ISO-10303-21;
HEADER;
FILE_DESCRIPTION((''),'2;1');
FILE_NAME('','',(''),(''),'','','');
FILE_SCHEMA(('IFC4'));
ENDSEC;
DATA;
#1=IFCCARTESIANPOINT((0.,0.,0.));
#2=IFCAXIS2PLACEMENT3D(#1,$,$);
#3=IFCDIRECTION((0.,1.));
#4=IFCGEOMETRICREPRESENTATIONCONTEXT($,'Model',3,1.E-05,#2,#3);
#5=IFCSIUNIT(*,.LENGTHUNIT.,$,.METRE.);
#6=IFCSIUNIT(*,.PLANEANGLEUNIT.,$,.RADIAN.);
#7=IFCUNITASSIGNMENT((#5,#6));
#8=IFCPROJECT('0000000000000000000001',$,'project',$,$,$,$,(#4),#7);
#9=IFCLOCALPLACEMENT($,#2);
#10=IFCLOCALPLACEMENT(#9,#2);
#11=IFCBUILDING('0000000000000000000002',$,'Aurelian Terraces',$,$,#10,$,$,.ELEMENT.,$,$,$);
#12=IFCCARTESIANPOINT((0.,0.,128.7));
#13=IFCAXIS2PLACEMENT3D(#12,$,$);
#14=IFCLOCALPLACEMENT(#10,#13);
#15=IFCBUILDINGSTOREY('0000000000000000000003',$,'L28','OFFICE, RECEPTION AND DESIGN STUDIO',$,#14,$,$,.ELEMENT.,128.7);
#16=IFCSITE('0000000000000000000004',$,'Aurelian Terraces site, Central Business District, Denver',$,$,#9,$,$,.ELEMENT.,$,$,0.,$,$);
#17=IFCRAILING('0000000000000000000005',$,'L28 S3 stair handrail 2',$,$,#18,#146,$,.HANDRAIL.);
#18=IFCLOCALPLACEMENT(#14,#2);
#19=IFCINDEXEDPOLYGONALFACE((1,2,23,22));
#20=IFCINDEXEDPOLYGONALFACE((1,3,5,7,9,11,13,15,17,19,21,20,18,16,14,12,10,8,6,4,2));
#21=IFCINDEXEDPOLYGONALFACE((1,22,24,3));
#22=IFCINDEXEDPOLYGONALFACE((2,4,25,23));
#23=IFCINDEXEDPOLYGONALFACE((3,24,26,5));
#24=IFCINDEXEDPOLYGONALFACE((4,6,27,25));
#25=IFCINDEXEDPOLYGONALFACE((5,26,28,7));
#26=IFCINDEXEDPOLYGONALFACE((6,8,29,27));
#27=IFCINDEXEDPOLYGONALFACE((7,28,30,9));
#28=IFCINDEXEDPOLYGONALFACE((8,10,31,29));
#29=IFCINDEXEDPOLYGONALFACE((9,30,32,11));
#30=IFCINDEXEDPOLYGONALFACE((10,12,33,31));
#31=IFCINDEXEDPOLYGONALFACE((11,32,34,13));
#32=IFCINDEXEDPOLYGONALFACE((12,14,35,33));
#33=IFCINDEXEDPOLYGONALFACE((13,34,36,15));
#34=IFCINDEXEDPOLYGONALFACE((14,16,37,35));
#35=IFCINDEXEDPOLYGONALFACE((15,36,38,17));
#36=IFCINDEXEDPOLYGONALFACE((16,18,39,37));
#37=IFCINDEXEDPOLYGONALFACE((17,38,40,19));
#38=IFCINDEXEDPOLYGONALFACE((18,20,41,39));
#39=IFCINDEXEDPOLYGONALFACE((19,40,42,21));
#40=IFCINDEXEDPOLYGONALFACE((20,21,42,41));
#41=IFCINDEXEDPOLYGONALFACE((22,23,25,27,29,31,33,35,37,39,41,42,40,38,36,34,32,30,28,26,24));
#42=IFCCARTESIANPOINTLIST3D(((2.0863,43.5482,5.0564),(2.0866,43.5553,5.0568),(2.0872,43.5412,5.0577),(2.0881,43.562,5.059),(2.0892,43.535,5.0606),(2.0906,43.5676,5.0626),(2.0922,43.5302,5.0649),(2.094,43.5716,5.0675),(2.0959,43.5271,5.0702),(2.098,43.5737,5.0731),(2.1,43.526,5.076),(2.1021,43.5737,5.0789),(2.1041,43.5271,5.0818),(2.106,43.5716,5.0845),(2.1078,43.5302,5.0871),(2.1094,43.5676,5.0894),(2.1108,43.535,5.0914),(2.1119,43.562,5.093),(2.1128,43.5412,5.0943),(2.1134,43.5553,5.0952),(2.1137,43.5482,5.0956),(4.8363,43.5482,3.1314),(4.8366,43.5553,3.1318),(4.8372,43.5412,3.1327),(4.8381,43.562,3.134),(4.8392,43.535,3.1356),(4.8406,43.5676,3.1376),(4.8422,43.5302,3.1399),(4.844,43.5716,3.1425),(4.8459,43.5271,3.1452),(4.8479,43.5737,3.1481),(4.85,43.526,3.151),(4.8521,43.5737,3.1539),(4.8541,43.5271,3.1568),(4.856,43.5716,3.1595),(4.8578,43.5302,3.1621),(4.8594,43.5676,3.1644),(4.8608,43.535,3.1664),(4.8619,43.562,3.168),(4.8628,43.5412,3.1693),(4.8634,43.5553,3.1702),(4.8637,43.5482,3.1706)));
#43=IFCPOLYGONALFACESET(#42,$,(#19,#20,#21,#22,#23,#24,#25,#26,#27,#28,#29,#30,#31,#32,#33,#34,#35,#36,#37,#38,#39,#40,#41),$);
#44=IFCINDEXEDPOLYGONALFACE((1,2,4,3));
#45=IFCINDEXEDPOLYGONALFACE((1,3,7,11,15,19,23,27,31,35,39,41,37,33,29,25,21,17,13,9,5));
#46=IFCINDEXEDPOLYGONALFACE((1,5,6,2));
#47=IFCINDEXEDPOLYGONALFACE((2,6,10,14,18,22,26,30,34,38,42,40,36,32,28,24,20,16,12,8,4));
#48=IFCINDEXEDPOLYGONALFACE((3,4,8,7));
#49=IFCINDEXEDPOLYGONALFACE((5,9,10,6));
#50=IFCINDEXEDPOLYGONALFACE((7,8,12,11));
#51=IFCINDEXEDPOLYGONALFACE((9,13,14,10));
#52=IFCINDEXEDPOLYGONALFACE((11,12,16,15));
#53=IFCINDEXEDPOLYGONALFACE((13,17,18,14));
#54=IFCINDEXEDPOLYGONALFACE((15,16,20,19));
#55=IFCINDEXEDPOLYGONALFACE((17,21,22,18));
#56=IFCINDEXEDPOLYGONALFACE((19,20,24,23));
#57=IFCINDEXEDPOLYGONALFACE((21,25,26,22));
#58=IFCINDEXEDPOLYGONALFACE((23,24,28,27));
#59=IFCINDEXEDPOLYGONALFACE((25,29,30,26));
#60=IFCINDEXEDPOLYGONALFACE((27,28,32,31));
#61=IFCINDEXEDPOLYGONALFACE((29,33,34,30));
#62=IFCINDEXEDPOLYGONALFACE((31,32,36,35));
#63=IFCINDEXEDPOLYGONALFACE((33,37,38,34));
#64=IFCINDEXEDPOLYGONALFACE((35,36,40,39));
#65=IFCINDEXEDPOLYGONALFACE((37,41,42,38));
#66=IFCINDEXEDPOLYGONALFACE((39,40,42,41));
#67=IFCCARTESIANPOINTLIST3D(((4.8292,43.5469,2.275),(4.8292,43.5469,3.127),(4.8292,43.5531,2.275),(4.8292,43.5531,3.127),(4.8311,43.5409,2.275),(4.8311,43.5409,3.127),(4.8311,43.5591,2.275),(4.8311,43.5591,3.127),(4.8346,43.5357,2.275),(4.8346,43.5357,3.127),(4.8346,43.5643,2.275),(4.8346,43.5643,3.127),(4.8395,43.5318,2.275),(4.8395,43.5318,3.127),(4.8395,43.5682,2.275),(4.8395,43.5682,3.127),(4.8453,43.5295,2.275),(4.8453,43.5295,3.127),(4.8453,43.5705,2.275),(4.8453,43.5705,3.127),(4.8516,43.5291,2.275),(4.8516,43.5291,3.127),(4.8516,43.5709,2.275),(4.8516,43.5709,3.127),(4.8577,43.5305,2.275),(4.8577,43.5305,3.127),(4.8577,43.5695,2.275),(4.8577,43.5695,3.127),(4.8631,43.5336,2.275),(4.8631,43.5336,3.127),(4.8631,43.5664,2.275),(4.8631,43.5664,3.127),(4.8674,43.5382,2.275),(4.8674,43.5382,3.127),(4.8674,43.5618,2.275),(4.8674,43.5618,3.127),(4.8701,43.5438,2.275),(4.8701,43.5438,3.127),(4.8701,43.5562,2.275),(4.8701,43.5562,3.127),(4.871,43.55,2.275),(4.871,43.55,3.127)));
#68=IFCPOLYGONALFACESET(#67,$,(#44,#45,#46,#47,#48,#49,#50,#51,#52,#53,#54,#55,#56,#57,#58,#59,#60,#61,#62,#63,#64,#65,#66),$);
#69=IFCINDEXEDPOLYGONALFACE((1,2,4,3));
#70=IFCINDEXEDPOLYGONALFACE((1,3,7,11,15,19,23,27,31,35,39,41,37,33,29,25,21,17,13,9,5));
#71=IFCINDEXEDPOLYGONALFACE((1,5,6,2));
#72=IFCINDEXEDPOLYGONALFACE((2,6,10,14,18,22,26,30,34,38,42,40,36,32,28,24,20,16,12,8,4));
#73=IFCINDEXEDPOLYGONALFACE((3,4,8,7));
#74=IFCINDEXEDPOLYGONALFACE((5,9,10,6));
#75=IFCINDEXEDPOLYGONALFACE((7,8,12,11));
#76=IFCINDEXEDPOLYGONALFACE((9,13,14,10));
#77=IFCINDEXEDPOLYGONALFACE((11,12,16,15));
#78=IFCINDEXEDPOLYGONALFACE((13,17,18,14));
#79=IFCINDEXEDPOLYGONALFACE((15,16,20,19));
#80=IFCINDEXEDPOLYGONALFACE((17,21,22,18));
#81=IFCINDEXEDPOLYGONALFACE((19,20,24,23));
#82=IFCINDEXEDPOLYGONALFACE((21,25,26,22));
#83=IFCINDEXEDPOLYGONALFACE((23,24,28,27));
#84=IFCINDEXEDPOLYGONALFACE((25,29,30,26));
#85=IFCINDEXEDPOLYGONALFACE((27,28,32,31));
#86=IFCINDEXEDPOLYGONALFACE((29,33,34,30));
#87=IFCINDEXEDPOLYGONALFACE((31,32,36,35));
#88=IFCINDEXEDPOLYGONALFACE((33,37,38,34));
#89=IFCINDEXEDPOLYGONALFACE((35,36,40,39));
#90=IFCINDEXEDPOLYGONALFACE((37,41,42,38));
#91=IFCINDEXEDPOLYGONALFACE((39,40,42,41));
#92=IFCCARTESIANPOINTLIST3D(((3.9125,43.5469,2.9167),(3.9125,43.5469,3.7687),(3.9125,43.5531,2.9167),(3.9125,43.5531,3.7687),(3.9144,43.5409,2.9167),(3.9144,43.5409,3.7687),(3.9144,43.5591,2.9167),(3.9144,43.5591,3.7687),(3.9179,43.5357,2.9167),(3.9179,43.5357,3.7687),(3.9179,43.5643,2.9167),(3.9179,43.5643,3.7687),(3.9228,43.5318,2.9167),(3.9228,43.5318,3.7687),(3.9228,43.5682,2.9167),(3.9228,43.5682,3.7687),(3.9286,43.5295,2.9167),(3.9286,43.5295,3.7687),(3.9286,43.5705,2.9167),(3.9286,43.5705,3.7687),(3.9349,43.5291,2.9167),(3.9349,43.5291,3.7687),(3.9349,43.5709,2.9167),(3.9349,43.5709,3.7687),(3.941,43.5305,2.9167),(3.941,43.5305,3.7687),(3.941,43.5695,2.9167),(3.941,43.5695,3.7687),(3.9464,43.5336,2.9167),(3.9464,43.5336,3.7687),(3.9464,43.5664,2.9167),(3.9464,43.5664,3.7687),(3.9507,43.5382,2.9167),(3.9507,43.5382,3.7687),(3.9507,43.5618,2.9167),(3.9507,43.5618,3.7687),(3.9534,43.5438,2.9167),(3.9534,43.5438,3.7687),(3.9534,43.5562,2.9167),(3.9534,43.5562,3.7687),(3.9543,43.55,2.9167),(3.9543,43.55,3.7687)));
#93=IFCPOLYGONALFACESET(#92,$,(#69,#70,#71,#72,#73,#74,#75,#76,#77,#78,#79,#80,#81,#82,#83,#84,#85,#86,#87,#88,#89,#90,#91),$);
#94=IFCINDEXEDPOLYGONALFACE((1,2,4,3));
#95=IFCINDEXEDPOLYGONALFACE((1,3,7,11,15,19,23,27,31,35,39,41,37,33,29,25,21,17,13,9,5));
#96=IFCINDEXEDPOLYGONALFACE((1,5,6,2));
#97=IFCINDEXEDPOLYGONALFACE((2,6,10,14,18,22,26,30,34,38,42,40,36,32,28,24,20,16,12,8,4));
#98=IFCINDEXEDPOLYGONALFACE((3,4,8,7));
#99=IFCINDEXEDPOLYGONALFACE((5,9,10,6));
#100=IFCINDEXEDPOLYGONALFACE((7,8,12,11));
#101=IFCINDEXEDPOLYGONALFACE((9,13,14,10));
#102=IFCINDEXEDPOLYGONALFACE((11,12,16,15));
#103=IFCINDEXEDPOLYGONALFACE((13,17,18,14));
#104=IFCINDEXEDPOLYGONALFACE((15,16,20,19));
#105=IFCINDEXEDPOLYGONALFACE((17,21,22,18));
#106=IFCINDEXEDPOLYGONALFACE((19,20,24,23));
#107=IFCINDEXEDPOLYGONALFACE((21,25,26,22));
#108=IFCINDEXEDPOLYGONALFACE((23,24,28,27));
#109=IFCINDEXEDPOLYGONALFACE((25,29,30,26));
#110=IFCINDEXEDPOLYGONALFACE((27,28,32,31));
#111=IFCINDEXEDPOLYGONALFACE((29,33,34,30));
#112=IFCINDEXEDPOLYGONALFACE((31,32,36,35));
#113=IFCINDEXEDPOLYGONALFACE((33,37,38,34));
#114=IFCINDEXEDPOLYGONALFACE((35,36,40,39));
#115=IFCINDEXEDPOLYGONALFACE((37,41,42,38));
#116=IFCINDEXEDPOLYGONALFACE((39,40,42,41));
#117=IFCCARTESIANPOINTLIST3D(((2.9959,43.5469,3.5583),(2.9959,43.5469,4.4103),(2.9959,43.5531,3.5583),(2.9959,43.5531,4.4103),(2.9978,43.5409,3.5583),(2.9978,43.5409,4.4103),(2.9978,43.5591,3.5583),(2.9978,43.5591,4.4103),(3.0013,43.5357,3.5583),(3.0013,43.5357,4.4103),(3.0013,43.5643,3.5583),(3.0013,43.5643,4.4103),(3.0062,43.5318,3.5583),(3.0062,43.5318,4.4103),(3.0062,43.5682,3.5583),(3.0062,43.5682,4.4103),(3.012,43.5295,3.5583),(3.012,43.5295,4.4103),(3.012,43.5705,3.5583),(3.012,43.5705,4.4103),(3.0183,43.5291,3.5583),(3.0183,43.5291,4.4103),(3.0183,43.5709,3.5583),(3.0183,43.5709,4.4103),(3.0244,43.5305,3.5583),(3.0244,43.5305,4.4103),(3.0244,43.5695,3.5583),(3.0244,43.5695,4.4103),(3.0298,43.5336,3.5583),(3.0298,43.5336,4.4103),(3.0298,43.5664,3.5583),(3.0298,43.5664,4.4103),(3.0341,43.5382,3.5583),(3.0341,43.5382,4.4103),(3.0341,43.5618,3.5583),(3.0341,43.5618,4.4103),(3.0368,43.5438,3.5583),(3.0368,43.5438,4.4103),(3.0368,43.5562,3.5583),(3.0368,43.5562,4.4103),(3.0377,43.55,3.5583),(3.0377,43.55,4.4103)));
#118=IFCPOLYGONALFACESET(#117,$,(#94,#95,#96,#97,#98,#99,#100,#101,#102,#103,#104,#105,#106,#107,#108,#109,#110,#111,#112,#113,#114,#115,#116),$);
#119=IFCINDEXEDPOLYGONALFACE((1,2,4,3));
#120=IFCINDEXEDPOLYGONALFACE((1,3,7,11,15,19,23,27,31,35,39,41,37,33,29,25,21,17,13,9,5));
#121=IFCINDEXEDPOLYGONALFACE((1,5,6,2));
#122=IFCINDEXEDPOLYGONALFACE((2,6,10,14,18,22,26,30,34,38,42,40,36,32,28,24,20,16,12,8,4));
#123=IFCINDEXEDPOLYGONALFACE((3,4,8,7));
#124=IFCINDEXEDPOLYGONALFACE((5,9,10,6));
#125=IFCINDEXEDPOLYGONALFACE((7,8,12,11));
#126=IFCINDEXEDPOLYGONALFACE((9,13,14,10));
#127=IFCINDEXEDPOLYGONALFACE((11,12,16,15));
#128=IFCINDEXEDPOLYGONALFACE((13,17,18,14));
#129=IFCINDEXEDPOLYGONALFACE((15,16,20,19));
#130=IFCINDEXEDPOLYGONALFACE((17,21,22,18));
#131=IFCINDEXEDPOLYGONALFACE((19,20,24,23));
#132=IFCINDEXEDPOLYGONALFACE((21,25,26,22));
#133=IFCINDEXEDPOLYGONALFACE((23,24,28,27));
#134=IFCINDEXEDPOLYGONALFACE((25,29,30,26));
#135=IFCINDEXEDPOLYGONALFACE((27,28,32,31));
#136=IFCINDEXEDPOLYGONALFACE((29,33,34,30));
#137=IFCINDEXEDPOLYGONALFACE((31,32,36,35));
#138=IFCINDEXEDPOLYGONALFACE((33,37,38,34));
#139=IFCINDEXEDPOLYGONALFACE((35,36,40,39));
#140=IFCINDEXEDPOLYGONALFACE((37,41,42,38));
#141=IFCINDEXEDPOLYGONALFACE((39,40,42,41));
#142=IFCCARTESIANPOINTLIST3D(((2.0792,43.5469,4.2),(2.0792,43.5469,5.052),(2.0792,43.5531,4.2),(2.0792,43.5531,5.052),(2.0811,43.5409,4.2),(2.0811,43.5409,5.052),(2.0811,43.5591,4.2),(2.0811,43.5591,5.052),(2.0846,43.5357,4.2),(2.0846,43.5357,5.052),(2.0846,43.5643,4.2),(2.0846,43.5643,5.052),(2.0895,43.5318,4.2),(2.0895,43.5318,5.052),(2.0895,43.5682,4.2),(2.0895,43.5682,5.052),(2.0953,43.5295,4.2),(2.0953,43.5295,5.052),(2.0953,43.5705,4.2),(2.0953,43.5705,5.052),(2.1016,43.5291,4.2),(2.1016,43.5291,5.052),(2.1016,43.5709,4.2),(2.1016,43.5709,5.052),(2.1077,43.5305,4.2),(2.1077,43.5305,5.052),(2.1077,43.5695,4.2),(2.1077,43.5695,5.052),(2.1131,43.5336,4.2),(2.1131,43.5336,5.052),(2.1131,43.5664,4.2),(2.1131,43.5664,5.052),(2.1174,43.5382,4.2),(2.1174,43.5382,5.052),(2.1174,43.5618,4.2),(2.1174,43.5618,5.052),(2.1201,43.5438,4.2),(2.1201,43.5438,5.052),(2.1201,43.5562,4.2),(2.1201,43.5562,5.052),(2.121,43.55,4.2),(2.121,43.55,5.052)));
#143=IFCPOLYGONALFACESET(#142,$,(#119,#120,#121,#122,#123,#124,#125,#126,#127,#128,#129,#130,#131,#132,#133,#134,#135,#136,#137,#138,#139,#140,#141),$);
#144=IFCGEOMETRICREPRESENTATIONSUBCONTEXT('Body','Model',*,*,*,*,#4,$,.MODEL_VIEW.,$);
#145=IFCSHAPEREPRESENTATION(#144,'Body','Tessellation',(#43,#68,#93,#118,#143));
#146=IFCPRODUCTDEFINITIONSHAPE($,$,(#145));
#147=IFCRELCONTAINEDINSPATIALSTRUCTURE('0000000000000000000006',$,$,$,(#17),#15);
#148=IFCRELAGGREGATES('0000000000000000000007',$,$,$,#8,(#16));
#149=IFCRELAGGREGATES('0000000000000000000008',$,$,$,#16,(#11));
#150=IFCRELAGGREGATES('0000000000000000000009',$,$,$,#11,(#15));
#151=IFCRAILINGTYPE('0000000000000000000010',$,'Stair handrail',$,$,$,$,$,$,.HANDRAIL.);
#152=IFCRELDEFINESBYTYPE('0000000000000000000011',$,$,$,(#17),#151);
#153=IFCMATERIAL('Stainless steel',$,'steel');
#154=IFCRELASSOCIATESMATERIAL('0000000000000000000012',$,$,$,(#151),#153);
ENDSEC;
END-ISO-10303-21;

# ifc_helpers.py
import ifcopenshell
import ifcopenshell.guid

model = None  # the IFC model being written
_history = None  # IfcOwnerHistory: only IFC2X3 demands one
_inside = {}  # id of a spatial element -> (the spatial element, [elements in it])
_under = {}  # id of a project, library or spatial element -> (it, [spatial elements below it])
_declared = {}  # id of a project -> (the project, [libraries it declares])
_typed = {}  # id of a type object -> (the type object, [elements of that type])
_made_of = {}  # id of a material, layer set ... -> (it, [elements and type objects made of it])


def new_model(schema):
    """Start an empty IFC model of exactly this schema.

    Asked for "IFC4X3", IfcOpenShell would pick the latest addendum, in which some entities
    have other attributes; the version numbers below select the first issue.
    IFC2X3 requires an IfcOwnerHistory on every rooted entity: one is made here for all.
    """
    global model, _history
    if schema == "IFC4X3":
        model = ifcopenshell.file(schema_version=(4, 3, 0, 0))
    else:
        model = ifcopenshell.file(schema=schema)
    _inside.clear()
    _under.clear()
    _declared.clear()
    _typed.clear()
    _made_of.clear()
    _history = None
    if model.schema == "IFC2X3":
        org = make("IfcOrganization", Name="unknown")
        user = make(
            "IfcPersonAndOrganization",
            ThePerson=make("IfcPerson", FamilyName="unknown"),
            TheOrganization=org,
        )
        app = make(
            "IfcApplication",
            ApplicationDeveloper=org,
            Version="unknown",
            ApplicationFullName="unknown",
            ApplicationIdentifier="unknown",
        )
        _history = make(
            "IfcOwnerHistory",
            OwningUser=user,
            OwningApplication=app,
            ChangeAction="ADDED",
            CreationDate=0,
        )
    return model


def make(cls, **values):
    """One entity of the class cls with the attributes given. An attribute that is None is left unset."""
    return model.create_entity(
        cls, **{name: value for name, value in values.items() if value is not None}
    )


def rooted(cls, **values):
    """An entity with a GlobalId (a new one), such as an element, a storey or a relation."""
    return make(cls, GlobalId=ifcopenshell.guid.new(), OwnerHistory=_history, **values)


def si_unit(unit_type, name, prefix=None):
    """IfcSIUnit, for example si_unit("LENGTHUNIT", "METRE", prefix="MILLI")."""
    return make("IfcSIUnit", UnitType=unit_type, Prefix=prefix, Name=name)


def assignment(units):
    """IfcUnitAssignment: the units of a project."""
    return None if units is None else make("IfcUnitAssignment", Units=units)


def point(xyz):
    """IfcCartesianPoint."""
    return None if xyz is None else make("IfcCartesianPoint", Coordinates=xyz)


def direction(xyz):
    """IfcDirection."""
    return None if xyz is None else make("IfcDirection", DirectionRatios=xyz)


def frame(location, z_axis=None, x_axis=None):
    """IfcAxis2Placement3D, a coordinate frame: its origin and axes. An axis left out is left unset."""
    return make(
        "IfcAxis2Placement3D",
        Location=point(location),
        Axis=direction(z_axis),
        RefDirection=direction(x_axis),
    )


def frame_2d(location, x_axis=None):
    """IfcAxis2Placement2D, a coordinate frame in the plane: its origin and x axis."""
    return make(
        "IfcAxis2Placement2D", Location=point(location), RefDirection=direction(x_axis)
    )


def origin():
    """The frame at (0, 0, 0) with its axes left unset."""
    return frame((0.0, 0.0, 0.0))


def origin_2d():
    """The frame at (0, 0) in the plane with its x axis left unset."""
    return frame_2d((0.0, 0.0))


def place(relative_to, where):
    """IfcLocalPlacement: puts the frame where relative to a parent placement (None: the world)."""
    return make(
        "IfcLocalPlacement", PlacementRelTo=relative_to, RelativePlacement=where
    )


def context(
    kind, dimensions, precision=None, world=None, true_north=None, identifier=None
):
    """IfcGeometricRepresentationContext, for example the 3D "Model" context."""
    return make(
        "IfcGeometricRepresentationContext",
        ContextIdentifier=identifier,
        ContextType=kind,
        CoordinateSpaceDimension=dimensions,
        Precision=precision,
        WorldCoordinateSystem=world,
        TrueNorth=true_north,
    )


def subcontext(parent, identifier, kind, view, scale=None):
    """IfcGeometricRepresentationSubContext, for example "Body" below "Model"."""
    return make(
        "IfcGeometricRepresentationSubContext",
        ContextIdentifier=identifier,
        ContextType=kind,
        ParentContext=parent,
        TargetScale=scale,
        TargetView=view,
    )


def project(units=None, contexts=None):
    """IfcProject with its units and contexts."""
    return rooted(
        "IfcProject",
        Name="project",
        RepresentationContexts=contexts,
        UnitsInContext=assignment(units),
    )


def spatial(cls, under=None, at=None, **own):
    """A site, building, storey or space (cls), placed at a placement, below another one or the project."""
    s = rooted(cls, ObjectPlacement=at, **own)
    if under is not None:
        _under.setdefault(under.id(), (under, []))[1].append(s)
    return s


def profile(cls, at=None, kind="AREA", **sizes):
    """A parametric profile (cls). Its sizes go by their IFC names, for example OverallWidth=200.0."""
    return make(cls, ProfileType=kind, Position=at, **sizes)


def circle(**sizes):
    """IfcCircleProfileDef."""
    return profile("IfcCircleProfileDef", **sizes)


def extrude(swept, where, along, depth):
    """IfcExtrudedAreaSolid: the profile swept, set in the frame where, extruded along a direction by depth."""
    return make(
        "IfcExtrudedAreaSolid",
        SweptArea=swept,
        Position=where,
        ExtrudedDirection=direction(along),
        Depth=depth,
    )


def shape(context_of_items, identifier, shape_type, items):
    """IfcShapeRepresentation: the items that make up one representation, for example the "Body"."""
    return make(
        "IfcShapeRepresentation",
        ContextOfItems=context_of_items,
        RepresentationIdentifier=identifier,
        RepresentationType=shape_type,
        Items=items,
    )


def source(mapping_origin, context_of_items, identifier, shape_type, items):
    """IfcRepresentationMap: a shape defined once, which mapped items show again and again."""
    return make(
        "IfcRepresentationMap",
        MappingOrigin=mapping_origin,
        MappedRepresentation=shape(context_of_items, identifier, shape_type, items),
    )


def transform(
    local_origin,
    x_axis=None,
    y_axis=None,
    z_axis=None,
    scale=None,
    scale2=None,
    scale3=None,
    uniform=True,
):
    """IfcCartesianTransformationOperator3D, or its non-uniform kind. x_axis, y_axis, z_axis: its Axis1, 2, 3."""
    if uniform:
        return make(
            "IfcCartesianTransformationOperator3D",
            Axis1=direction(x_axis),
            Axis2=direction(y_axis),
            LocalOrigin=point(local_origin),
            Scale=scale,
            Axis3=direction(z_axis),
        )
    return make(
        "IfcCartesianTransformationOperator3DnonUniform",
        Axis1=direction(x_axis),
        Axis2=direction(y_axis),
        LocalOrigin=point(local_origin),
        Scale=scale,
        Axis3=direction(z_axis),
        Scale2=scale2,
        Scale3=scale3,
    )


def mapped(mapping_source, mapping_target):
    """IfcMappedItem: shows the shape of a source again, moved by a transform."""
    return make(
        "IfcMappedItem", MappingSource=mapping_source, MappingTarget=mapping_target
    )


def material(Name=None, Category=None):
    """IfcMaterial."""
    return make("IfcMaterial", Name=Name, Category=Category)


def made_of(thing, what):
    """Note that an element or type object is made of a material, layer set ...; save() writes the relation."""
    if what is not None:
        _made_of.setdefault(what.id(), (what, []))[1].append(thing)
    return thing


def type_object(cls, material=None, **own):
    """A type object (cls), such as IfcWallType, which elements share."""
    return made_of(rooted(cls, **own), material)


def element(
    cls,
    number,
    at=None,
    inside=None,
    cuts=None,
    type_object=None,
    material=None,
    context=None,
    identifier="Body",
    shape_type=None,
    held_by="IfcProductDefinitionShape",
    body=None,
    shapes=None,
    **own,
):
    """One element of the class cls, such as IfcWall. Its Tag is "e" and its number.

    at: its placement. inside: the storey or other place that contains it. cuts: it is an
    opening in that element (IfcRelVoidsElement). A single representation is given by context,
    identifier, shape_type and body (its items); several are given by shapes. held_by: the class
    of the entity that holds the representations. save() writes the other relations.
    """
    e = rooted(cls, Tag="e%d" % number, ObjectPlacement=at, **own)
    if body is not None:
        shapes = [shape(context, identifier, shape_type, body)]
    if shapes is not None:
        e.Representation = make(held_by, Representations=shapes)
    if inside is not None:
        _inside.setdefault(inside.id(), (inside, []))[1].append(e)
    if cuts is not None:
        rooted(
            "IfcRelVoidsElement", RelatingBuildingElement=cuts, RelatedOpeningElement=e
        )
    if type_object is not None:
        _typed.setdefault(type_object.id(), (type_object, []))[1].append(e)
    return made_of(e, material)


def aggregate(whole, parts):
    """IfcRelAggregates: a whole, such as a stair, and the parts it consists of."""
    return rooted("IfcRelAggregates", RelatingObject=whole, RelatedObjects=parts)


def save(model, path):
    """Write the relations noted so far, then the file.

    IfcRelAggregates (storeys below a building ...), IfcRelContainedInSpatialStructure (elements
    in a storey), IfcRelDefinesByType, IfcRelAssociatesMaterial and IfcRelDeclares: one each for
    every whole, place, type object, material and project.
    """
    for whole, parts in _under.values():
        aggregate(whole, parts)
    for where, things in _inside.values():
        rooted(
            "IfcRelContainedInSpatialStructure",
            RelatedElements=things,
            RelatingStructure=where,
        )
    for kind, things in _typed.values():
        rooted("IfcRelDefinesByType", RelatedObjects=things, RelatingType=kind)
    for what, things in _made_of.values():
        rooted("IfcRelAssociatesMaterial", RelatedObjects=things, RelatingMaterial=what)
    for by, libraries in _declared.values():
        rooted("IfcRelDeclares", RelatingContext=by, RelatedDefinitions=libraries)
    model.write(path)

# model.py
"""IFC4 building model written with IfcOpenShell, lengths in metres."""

from ifc_helpers import new_model, si_unit, direction, frame, origin, origin_2d, place, context, subcontext, project, spatial, circle, extrude, source, transform, mapped, material, type_object, element, save


model = new_model("IFC4")

# Units and contexts
model_context = context("Model", 3, precision=1e-05, world=origin(), true_north=direction((0.0, 1.0)))
body_context = subcontext(model_context, "Body", "Model", "MODEL_VIEW")
ifc_project = project(units=[si_unit("LENGTHUNIT", "METRE"), si_unit("PLANEANGLEUNIT", "RADIAN")], contexts=[model_context])

# Site, building, storey
site_placement = place(None, origin())
site = spatial("IfcSite", under=ifc_project, at=site_placement, Name="Aurelian Terraces site, Central Business District, Denver", CompositionType="ELEMENT", RefElevation=0.0)
building_placement = place(site_placement, origin())
building = spatial("IfcBuilding", under=site, at=building_placement, Name="Aurelian Terraces", CompositionType="ELEMENT")
storey_placement = place(building_placement, frame((0.0, 0.0, 128.7)))
storey = spatial("IfcBuildingStorey", under=building, at=storey_placement, Name="L28", Description="OFFICE, RECEPTION AND DESIGN STUDIO", CompositionType="ELEMENT", Elevation=128.7)

# Railing
ifc_material_1 = material(Name="Stainless steel", Category="steel")
railing_type_1 = type_object("IfcRailingType", Name="Stair handrail", PredefinedType="HANDRAIL", material=ifc_material_1)
shared_shape_1 = source(origin(), body_context, "Body", "SweptSolid", [
    extrude(circle(Radius=0.024, at=origin_2d()), frame((0.0, 0.0, 0.876), z_axis=(-0.819232, 0.0, 0.573462), x_axis=(0.0, -1.0, 0.0)), (0.0, 0.0, 1.0), 3.3568),
    extrude(circle(Radius=0.021, at=origin_2d()), origin(), (0.0, 0.0, 1.0), 0.852),
    extrude(circle(Radius=0.021, at=origin_2d()), frame((-0.9167, 0.0, 0.6417)), (0.0, 0.0, 1.0), 0.852),
    extrude(circle(Radius=0.021, at=origin_2d()), frame((-1.8333, 0.0, 1.2833)), (0.0, 0.0, 1.0), 0.852),
    extrude(circle(Radius=0.021, at=origin_2d()), frame((-2.75, 0.0, 1.925)), (0.0, 0.0, 1.0), 0.852),
])
railing_1_placement = place(storey_placement, frame((4.85, 43.55, 2.275)))
element("IfcRailing", 1, at=railing_1_placement, inside=storey, type_object=railing_type_1, Name="L28 S3 stair handrail 2", PredefinedType="HANDRAIL", context=body_context, shape_type="MappedRepresentation", body=[
    mapped(shared_shape_1, transform((0.0, 0.0, 0.0), scale=1.0)),
])

save(model, "model.ifc")
